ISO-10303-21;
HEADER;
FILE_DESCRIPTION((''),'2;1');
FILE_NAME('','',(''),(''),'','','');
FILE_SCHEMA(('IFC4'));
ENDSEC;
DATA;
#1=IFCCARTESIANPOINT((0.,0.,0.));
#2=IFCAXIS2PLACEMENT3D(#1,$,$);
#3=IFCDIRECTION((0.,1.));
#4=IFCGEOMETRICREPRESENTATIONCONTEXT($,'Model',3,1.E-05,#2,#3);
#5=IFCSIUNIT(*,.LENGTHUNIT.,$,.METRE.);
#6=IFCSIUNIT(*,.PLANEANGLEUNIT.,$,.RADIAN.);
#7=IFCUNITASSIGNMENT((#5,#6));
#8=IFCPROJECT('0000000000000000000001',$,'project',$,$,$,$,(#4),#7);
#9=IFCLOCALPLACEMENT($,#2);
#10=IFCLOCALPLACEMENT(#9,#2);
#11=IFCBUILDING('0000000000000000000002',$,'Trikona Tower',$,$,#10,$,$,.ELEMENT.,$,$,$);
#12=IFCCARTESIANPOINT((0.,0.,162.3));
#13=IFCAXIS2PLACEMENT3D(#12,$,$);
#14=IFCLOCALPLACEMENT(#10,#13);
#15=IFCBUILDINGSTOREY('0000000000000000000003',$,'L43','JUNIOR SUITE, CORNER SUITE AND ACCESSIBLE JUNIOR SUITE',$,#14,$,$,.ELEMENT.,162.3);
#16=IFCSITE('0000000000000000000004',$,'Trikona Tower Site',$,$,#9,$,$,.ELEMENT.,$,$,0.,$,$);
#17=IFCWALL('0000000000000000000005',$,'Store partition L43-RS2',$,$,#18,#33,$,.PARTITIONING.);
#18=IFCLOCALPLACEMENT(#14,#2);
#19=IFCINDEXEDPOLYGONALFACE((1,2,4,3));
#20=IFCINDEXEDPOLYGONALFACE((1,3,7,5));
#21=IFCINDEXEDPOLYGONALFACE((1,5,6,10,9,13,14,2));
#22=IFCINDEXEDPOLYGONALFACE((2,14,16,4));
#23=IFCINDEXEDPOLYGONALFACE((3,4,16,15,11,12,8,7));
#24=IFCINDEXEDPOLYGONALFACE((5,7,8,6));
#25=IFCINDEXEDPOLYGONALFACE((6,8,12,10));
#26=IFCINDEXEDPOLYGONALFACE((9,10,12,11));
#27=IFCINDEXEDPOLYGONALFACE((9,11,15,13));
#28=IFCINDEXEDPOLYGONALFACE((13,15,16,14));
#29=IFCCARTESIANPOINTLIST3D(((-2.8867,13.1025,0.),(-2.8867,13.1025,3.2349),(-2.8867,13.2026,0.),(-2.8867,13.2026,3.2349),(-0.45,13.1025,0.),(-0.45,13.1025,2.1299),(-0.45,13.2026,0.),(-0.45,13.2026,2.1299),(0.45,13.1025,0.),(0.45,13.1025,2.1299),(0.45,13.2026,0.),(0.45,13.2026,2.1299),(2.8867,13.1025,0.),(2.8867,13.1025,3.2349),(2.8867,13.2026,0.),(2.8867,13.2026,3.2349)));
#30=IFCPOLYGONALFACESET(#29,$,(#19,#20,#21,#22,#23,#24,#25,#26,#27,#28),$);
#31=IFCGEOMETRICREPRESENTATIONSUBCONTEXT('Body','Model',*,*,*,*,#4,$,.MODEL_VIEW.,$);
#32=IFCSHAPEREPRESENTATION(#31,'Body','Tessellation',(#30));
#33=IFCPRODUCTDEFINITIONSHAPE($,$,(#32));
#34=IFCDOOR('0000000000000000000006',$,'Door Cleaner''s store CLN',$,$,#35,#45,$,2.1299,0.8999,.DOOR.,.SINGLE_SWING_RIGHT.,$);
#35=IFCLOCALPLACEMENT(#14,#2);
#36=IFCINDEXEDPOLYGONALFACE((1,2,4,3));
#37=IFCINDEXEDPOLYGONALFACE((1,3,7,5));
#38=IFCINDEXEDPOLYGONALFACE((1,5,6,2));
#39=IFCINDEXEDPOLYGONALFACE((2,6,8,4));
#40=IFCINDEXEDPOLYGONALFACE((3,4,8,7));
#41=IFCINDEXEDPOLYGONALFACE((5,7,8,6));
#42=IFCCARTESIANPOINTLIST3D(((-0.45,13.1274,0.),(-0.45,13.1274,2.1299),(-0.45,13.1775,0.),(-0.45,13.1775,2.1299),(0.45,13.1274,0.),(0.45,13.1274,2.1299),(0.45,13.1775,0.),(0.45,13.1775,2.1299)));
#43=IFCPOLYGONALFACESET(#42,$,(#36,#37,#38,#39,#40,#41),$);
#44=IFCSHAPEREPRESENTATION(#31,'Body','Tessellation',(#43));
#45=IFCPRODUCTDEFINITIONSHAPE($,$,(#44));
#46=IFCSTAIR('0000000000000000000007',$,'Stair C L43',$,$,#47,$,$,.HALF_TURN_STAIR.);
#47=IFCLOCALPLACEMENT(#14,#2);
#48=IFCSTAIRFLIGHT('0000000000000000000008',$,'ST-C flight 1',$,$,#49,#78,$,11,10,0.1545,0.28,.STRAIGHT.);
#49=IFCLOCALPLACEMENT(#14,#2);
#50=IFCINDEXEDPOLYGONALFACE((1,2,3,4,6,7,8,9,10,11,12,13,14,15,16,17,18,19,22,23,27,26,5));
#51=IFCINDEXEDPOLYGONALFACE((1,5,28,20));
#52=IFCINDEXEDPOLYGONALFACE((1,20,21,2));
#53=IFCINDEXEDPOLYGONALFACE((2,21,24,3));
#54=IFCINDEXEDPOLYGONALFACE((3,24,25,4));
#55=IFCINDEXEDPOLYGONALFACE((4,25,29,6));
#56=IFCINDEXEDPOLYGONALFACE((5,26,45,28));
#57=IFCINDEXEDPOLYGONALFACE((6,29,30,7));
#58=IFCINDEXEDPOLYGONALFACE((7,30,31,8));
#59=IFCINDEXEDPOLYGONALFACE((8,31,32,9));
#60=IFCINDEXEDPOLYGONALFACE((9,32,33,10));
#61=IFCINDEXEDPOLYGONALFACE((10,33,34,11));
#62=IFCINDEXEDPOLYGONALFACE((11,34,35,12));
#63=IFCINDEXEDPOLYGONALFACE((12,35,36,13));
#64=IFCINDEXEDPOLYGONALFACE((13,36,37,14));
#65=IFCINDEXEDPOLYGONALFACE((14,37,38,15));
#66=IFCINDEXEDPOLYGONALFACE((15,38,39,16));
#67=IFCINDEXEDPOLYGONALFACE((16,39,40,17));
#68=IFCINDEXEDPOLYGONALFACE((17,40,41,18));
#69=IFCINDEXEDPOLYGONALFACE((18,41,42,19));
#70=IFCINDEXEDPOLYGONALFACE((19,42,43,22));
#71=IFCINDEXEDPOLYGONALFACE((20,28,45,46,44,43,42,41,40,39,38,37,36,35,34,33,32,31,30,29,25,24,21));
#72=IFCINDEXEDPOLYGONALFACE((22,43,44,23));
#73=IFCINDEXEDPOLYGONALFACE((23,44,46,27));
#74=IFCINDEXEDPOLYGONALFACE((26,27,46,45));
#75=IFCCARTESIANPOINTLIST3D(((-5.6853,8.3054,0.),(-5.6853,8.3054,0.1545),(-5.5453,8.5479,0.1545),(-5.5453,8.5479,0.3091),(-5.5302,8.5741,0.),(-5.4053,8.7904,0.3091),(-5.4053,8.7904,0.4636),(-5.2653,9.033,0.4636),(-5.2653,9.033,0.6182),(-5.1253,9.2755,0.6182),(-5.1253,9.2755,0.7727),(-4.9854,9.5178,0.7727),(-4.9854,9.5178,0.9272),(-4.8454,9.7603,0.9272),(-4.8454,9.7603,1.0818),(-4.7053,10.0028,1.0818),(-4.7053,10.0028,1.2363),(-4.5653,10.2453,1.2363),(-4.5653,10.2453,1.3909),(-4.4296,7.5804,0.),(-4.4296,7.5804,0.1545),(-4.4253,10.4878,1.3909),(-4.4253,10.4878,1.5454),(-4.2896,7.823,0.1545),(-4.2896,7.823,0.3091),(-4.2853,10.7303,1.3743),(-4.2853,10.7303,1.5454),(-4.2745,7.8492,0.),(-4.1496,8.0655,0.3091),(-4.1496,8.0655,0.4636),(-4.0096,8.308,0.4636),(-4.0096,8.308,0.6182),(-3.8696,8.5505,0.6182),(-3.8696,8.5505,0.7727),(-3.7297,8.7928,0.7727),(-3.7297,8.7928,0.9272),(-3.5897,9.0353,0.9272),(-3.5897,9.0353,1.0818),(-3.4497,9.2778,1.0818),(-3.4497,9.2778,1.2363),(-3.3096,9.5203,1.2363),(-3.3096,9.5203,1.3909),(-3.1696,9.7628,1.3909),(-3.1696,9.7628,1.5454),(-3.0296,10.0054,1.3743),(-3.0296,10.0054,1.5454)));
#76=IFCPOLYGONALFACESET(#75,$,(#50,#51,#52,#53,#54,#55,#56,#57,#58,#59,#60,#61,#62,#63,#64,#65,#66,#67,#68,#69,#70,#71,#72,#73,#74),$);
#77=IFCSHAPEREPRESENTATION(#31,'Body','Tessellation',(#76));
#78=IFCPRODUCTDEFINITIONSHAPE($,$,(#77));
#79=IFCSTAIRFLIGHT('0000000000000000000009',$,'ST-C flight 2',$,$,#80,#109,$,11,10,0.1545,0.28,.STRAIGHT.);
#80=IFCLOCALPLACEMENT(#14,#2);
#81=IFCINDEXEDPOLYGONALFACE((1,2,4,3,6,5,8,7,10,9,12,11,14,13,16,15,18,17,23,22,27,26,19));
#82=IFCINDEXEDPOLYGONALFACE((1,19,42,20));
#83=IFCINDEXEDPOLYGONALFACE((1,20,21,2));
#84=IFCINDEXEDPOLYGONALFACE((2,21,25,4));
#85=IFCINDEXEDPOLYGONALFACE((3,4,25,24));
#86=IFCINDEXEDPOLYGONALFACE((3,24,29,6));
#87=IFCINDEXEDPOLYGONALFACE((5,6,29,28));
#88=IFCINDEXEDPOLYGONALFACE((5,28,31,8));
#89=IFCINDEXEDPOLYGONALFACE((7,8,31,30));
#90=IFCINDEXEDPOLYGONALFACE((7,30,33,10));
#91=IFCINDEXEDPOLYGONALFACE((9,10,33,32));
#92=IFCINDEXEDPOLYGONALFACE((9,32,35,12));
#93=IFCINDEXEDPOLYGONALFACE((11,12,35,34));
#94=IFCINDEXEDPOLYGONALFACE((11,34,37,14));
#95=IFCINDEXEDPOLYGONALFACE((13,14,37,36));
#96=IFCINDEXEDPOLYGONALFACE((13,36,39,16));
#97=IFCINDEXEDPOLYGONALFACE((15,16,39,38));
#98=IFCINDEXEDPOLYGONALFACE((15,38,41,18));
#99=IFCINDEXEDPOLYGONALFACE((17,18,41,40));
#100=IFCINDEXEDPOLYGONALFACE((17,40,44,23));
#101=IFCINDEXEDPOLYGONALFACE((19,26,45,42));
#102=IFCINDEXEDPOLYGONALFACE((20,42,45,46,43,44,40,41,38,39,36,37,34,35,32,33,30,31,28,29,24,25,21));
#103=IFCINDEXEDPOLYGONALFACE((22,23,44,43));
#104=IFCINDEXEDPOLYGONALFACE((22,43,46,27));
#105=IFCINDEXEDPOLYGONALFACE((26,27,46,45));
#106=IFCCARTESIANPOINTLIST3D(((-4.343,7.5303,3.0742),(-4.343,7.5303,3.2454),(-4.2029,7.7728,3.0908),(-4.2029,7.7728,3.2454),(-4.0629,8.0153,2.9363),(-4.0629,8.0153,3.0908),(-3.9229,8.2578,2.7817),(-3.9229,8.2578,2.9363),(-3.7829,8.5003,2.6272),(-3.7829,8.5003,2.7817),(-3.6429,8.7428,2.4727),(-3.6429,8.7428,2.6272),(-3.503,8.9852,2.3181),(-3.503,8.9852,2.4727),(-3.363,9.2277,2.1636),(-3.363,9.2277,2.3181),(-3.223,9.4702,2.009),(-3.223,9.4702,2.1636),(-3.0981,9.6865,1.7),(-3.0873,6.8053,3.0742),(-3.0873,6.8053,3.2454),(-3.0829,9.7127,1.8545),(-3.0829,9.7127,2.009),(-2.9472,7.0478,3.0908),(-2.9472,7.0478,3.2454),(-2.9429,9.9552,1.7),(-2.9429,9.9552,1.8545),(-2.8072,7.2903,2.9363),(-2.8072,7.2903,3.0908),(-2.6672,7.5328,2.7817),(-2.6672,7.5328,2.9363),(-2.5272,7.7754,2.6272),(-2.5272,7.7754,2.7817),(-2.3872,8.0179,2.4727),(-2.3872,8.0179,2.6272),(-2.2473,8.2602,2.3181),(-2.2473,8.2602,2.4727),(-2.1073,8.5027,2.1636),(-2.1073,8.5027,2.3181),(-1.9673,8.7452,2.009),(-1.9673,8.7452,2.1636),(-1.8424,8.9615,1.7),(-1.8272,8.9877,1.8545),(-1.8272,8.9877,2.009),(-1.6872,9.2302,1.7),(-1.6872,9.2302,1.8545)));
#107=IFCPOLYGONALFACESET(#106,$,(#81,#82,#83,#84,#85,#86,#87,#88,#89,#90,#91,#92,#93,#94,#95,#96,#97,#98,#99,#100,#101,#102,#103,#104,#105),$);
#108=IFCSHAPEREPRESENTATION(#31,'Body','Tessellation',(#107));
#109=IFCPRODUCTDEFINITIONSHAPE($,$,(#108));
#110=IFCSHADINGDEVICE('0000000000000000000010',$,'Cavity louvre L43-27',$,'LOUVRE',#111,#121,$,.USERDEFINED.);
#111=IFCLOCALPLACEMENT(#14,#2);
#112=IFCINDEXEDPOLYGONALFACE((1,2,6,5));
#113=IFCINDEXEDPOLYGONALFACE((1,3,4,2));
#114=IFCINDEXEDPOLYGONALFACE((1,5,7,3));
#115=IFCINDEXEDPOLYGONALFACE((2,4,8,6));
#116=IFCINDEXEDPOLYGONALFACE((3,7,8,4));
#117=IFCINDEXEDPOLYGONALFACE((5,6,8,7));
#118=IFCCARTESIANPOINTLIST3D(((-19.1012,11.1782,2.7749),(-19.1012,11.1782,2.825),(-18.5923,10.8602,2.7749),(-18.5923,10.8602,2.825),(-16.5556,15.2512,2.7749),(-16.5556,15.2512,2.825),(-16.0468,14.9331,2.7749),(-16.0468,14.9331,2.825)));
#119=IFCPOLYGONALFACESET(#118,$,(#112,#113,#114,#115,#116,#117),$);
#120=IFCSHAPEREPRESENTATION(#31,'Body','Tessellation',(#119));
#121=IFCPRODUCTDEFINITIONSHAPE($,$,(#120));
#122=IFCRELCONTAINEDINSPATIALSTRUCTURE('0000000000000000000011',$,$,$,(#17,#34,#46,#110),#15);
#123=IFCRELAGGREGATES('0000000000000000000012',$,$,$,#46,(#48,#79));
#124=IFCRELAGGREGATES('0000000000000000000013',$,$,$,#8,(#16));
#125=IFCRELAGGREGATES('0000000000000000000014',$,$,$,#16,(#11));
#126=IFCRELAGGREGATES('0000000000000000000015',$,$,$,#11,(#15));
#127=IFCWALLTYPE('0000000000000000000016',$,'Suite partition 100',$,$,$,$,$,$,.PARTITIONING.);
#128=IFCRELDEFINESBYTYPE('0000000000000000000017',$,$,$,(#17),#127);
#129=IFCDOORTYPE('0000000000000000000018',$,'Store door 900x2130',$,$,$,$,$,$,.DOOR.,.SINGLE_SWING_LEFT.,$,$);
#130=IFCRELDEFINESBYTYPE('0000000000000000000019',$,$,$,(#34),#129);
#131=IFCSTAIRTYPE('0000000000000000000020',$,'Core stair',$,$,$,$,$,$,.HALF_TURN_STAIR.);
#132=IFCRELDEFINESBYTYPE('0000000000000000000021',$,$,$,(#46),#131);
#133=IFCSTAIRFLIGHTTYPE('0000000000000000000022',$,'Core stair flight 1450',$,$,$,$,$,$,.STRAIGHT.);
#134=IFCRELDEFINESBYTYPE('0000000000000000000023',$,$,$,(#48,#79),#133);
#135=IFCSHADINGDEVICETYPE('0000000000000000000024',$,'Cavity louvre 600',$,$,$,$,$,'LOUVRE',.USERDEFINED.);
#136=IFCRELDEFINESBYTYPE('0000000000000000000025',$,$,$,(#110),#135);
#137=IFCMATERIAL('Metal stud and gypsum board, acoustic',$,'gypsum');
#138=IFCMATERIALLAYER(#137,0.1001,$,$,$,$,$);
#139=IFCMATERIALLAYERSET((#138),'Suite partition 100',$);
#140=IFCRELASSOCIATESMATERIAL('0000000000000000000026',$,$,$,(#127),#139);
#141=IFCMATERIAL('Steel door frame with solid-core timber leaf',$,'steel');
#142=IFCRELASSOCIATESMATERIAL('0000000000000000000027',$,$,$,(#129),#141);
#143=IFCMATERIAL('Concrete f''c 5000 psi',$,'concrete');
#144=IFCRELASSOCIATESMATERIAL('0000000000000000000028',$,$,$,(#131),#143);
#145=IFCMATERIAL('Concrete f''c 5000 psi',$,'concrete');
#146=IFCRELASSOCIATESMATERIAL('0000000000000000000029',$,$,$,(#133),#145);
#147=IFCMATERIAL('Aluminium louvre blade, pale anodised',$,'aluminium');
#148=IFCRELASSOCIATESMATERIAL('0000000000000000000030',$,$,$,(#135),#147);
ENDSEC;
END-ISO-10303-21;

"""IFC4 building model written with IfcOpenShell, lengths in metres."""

from ifc_helpers import new_model, si_unit, direction, frame, frame_2d, origin, origin_2d, place, context, subcontext, project, spatial, polyline, rectangle, outline, extrude, material, layer, layer_set, type_object, element, fill, aggregate, save


model = new_model("IFC4")

# Units and contexts
model_context = context("Model", 3, precision=1e-05, world=origin(), true_north=direction((0.0, 1.0)))
body_context = subcontext(model_context, "Body", "Model", "MODEL_VIEW")
ifc_project = project(units=[si_unit("LENGTHUNIT", "METRE"), si_unit("PLANEANGLEUNIT", "RADIAN")], contexts=[model_context])

# Site, building, storey
site_placement = place(None, origin())
site = spatial("IfcSite", under=ifc_project, at=site_placement, Name="Trikona Tower Site", CompositionType="ELEMENT", RefElevation=0.0)
building_placement = place(site_placement, origin())
building = spatial("IfcBuilding", under=site, at=building_placement, Name="Trikona Tower", CompositionType="ELEMENT")
storey_placement = place(building_placement, frame((0.0, 0.0, 162.3)))
storey = spatial("IfcBuildingStorey", under=building, at=storey_placement, Name="L43", Description="JUNIOR SUITE, CORNER SUITE AND ACCESSIBLE JUNIOR SUITE", CompositionType="ELEMENT", Elevation=162.3)

# Wall, opening, door
ifc_material_1 = material(Name="Metal stud and gypsum board, acoustic", Category="gypsum")
ifc_layer_1 = layer(ifc_material_1, 0.1001)
ifc_layer_set_1 = layer_set([ifc_layer_1], Name="Suite partition 100")
wall_type_1 = type_object("IfcWallType", Name="Suite partition 100", PredefinedType="PARTITIONING", material=ifc_layer_set_1)
wall_1_placement = place(storey_placement, frame((-2.8867, 13.1526, 0.0), z_axis=(0.0, 0.0, 1.0), x_axis=(1.0, 0.0, 0.0)))
wall_1 = element("IfcWall", 1, at=wall_1_placement, inside=storey, type_object=wall_type_1, Name="Store partition L43-RS2", PredefinedType="PARTITIONING", context=body_context, shape_type="SweptSolid", body=[
    extrude(rectangle(XDim=5.7734, YDim=0.1001, at=frame_2d((2.8867, 0.0))), origin(), (0.0, 0.0, 1.0), 3.2349),
])
opening_1_placement = place(wall_1_placement, frame((2.4368, 0.0, 0.0)))
opening_1 = element("IfcOpeningElement", 2, at=opening_1_placement, cuts=wall_1, PredefinedType="OPENING", context=body_context, shape_type="SweptSolid", body=[
    extrude(rectangle(XDim=0.8999, YDim=2.1299, at=frame_2d((0.45, 1.0649))), frame((0.0, 0.0601, 0.0), z_axis=(0.0, -1.0, 0.0), x_axis=(1.0, 0.0, 0.0)), (0.0, 0.0, 1.0), 0.1201),
])
ifc_material_2 = material(Name="Steel door frame with solid-core timber leaf", Category="steel")
door_type_1 = type_object("IfcDoorType", Name="Store door 900x2130", OperationType="SINGLE_SWING_LEFT", PredefinedType="DOOR", material=ifc_material_2)
door_1_placement = place(opening_1_placement, origin())
door_1 = element("IfcDoor", 3, at=door_1_placement, inside=storey, type_object=door_type_1, Name="Door Cleaner's store CLN", OperationType="SINGLE_SWING_RIGHT", OverallHeight=2.1299, OverallWidth=0.8999, PredefinedType="DOOR", context=body_context, shape_type="SweptSolid", body=[
    extrude(rectangle(XDim=0.8999, YDim=2.1299, at=frame_2d((0.45, 1.0649))), frame((0.0, 0.0249, 0.0), z_axis=(0.0, -1.0, 0.0), x_axis=(1.0, 0.0, 0.0)), (0.0, 0.0, 1.0), 0.05),
])
fill(opening_1, door_1)

# Stair, stair flights
ifc_material_3 = material(Name="Concrete f'c 5000 psi", Category="concrete")
stair_type = type_object("IfcStairType", Name="Core stair", PredefinedType="HALF_TURN_STAIR", material=ifc_material_3)
stair_placement = place(storey_placement, origin())
stair = element("IfcStair", 4, at=stair_placement, inside=storey, type_object=stair_type, Name="Stair C L43", PredefinedType="HALF_TURN_STAIR")
ifc_material_4 = material(Name="Concrete f'c 5000 psi", Category="concrete")
stair_flight_type = type_object("IfcStairFlightType", Name="Core stair flight 1450", PredefinedType="STRAIGHT", material=ifc_material_4)
stair_flight_1_placement = place(storey_placement, frame((-5.0574, 7.9429, 0.0), z_axis=(0.0, 0.0, 1.0), x_axis=(0.5, 0.866025, 0.0)))
stair_flight_1 = element("IfcStairFlight", 5, at=stair_flight_1_placement, type_object=stair_flight_type, Name="ST-C flight 1", NumberOfRisers=11, NumberOfTreads=10, PredefinedType="STRAIGHT", RiserHeight=0.1545, TreadLength=0.28, context=body_context, shape_type="SweptSolid", body=[
    extrude(outline(polyline([(0.0, 0.0), (0.0, 0.1545), (0.28, 0.1545), (0.28, 0.3091), (0.5601, 0.3091), (0.5601, 0.4636), (0.8401, 0.4636), (0.8401, 0.6182), (1.1201, 0.6182), (1.1201, 0.7727), (1.3999, 0.7727), (1.3999, 0.9272), (1.6799, 0.9272), (1.6799, 1.0818), (1.96, 1.0818), (1.96, 1.2363), (2.24, 1.2363), (2.24, 1.3909), (2.52, 1.3909), (2.52, 1.5454), (2.8, 1.5454), (2.8, 1.7), (2.8, 1.3743), (0.3103, 0.0), (0.0, 0.0)])), frame((0.0, 0.7251, 0.0), z_axis=(0.0, -1.0, 0.0), x_axis=(1.0, 0.0, 0.0)), (0.0, 0.0, 1.0), 1.45),
])
stair_flight_2_placement = place(storey_placement, frame((-2.3152, 9.5928, 1.7), z_axis=(0.0, 0.0, 1.0), x_axis=(-0.5, -0.866025, 0.0)))
stair_flight_2 = element("IfcStairFlight", 6, at=stair_flight_2_placement, type_object=stair_flight_type, Name="ST-C flight 2", NumberOfRisers=11, NumberOfTreads=10, PredefinedType="STRAIGHT", RiserHeight=0.1545, TreadLength=0.28, context=body_context, shape_type="SweptSolid", body=[
    extrude(outline(polyline([(0.0, 0.0), (0.0, 0.1545), (0.28, 0.1545), (0.28, 0.3091), (0.5601, 0.3091), (0.5601, 0.4636), (0.8401, 0.4636), (0.8401, 0.6182), (1.1201, 0.6182), (1.1201, 0.7727), (1.3999, 0.7727), (1.3999, 0.9272), (1.6799, 0.9272), (1.6799, 1.0818), (1.96, 1.0818), (1.96, 1.2363), (2.24, 1.2363), (2.24, 1.3909), (2.52, 1.3909), (2.52, 1.5454), (2.8, 1.5454), (2.8, 1.7), (2.8, 1.3743), (0.3103, 0.0), (0.0, 0.0)])), frame((0.0, 0.7251, 0.0), z_axis=(0.0, -1.0, 0.0), x_axis=(1.0, 0.0, 0.0)), (0.0, 0.0, 1.0), 1.45),
])
aggregate(stair, [stair_flight_1, stair_flight_2])

# Shading device
ifc_material_5 = material(Name="Aluminium louvre blade, pale anodised", Category="aluminium")
shading_device_type = type_object("IfcShadingDeviceType", Name="Cavity louvre 600", ElementType="LOUVRE", PredefinedType="USERDEFINED", material=ifc_material_5)
shading_device_placement = place(storey_placement, frame((-17.574, 13.0557, 2.7749), z_axis=(0.0, 0.0, 1.0), x_axis=(-0.529995, -0.848001, 0.0)))
element("IfcShadingDevice", 7, at=shading_device_placement, inside=storey, type_object=shading_device_type, Name="Cavity louvre L43-27", ObjectType="LOUVRE", PredefinedType="USERDEFINED", context=body_context, shape_type="SweptSolid", body=[
    extrude(rectangle(XDim=4.803, YDim=0.6001, at=origin_2d()), origin(), (0.0, 0.0, 1.0), 0.05),
])

save(model, "model.ifc")
